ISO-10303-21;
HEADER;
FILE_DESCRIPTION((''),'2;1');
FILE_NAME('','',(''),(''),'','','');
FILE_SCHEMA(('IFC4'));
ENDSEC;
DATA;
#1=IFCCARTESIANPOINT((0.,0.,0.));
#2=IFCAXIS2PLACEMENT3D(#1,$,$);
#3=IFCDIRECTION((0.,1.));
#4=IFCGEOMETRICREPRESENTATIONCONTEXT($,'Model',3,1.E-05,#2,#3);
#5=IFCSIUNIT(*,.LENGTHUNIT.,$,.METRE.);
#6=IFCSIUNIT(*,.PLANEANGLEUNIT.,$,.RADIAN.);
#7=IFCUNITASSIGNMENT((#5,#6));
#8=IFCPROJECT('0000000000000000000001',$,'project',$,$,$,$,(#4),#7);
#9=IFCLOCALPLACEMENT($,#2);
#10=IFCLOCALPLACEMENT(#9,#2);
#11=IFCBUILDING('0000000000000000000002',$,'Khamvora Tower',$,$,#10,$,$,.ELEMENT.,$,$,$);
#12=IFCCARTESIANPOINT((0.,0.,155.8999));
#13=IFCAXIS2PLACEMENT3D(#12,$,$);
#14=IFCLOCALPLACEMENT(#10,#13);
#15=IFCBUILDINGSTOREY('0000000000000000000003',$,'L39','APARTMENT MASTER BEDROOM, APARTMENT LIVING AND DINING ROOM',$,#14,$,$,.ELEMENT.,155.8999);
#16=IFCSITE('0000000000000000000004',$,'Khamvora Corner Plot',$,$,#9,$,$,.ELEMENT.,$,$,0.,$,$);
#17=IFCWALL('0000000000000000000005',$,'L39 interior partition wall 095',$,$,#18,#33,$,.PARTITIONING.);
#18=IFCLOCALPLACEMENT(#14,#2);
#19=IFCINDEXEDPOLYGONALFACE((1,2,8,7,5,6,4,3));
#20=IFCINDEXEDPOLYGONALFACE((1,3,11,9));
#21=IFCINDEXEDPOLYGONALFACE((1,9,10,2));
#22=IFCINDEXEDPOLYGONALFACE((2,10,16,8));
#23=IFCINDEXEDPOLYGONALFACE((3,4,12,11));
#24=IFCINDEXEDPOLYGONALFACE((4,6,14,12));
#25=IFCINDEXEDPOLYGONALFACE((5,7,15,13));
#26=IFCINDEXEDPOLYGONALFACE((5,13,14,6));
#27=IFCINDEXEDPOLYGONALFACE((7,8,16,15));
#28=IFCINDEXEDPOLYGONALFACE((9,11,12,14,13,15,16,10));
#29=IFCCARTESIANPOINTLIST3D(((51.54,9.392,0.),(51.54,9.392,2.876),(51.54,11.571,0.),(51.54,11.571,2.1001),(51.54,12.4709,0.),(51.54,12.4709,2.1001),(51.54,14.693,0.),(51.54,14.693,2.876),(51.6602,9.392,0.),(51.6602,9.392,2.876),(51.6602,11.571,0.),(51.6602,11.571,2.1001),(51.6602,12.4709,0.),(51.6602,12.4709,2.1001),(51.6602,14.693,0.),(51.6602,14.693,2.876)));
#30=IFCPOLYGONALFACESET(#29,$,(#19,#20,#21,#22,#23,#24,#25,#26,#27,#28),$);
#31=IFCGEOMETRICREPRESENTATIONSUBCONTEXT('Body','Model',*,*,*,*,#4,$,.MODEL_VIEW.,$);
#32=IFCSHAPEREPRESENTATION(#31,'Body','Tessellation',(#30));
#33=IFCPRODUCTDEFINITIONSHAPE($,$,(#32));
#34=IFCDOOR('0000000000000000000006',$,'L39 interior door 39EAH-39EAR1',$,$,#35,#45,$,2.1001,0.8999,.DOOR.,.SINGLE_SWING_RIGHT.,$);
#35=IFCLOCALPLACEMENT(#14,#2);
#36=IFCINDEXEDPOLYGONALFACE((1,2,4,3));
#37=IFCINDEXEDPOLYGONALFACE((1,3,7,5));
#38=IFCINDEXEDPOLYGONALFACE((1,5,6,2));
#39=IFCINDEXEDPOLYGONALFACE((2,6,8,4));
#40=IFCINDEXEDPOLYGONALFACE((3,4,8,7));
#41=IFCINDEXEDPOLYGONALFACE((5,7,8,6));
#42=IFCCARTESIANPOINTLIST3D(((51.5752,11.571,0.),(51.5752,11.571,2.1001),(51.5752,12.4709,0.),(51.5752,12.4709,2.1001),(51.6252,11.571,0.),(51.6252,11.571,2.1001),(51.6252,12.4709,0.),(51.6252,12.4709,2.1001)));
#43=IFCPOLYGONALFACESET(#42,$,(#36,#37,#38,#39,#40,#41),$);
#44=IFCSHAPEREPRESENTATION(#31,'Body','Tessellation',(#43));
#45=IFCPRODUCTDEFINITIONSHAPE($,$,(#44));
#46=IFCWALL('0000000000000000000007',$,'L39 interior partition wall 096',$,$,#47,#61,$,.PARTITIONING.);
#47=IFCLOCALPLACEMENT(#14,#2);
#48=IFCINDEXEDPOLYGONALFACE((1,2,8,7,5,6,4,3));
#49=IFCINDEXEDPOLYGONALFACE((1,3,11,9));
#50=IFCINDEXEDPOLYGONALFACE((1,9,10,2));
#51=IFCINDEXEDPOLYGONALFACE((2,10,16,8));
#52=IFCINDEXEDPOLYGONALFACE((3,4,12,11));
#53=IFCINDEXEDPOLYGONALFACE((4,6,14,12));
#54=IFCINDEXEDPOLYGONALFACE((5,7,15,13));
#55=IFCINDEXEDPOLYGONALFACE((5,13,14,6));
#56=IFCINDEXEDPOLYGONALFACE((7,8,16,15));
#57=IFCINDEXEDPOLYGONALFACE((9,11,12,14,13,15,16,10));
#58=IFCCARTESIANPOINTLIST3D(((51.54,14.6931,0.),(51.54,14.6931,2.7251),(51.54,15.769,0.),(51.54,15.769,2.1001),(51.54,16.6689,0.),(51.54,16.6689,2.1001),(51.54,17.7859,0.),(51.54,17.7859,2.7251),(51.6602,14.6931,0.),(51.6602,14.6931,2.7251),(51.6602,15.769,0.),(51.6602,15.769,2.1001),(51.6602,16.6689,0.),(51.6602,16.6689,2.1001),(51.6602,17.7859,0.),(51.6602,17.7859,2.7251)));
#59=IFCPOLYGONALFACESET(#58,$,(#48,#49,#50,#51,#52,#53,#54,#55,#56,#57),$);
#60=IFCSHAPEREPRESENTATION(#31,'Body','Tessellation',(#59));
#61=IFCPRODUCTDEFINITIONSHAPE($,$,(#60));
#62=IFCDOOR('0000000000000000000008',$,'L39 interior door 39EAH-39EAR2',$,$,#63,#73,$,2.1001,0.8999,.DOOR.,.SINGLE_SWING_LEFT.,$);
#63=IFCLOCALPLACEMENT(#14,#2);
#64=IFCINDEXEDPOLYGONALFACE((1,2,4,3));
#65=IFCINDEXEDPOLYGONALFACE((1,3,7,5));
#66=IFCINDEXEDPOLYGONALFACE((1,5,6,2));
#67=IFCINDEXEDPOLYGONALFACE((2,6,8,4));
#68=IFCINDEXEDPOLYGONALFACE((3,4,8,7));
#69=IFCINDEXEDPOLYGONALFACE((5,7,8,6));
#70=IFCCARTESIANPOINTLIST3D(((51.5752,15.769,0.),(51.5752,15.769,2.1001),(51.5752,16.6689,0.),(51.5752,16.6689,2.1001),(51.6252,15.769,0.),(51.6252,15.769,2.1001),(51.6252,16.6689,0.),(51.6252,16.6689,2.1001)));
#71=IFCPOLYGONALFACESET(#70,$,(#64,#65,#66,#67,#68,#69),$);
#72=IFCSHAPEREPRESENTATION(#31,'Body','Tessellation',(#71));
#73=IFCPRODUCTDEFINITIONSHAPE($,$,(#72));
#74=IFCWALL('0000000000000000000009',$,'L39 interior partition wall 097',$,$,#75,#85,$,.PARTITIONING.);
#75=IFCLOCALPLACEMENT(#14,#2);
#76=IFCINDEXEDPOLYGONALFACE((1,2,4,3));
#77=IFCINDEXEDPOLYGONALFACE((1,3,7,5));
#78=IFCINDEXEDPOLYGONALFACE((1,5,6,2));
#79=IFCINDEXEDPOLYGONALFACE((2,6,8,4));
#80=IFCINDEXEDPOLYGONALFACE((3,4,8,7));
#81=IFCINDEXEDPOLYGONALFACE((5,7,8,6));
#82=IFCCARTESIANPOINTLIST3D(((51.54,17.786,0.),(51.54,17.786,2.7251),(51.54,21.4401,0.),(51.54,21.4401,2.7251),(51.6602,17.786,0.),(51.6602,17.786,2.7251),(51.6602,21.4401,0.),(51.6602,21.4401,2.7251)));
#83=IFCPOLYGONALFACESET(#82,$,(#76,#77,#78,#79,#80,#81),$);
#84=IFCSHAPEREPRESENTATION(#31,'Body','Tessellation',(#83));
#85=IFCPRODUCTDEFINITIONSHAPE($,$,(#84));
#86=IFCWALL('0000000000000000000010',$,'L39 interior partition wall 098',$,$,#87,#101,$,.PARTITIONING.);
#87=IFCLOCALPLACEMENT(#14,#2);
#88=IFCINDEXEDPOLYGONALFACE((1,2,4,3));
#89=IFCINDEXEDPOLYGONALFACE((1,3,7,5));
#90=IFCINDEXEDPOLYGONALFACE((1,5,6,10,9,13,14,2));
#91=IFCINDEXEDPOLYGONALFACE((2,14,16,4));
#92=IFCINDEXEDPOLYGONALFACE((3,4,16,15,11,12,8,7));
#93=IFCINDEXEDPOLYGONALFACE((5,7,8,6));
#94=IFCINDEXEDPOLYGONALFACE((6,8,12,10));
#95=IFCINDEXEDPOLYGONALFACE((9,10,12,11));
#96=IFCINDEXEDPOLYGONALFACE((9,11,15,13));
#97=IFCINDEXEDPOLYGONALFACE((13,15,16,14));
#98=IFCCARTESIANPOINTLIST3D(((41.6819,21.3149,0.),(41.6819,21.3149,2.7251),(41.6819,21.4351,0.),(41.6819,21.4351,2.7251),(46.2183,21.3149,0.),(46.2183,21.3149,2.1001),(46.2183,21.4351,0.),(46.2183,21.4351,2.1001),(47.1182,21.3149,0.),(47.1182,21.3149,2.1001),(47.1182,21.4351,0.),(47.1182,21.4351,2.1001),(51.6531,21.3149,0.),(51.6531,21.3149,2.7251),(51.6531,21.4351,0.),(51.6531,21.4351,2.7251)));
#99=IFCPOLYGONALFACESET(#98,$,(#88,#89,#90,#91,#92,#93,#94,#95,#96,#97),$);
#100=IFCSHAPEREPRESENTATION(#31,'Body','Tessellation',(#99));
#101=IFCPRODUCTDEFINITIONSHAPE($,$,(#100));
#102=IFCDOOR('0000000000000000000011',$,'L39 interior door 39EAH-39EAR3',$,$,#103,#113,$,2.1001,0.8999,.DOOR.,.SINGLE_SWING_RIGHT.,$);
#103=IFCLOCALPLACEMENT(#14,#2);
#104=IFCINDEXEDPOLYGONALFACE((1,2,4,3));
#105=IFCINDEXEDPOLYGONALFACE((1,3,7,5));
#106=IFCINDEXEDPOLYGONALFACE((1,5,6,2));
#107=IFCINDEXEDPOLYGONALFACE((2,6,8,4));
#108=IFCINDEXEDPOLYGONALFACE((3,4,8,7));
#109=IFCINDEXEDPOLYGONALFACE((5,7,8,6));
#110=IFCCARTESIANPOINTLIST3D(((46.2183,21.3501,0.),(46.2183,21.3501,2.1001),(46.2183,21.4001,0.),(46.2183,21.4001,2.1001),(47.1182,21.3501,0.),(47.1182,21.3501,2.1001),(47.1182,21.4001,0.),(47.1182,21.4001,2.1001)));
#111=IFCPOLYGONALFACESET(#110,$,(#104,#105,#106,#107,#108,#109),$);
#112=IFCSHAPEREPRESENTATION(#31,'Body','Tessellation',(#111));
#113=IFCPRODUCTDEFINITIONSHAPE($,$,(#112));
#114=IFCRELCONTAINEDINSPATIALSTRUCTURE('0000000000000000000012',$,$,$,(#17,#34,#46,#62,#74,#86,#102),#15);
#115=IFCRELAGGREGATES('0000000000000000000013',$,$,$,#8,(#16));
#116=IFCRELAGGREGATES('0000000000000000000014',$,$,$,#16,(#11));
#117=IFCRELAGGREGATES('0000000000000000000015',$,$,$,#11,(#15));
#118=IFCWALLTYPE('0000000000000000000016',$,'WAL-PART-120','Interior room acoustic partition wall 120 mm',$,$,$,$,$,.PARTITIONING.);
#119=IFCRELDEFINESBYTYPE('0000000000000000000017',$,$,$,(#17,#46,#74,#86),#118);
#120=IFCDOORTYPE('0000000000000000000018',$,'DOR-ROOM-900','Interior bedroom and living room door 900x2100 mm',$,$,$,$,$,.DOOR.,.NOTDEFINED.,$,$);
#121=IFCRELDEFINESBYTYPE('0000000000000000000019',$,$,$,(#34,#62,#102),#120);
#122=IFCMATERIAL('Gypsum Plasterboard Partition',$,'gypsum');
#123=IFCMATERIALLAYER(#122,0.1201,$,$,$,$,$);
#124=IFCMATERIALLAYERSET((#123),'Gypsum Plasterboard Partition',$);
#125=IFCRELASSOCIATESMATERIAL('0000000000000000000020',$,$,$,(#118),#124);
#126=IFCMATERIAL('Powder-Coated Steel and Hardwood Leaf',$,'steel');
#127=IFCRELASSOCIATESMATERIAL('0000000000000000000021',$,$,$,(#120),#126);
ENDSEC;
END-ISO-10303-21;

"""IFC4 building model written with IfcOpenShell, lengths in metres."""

from ifc_helpers import new_model, si_unit, direction, frame, frame_2d, origin, place, context, subcontext, project, spatial, rectangle, extrude, material, layer, layer_set, type_object, element, fill, save


model = new_model("IFC4")

# Units and contexts
model_context = context("Model", 3, precision=1e-05, world=origin(), true_north=direction((0.0, 1.0)))
body_context = subcontext(model_context, "Body", "Model", "MODEL_VIEW")
ifc_project = project(units=[si_unit("LENGTHUNIT", "METRE"), si_unit("PLANEANGLEUNIT", "RADIAN")], contexts=[model_context])

# Site, building, storey
site_placement = place(None, origin())
site = spatial("IfcSite", under=ifc_project, at=site_placement, Name="Khamvora Corner Plot", CompositionType="ELEMENT", RefElevation=0.0)
building_placement = place(site_placement, origin())
building = spatial("IfcBuilding", under=site, at=building_placement, Name="Khamvora Tower", CompositionType="ELEMENT")
storey_placement = place(building_placement, frame((0.0, 0.0, 155.8999)))
storey = spatial("IfcBuildingStorey", under=building, at=storey_placement, Name="L39", Description="APARTMENT MASTER BEDROOM, APARTMENT LIVING AND DINING ROOM", CompositionType="ELEMENT", Elevation=155.8999)

# Walls, openings, doors
ifc_material_1 = material(Name="Gypsum Plasterboard Partition", Category="gypsum")
ifc_layer_1 = layer(ifc_material_1, 0.1201)
ifc_layer_set_1 = layer_set([ifc_layer_1], Name="Gypsum Plasterboard Partition")
wall_type = type_object("IfcWallType", Name="WAL-PART-120", Description="Interior room acoustic partition wall 120 mm", PredefinedType="PARTITIONING", material=ifc_layer_set_1)
wall_1_placement = place(storey_placement, frame((51.6001, 9.3921, 0.0), z_axis=(0.0, 0.0, 1.0), x_axis=(0.0, 1.0, 0.0)))
wall_1 = element("IfcWall", 1, at=wall_1_placement, inside=storey, type_object=wall_type, Name="L39 interior partition wall 095", PredefinedType="PARTITIONING", context=body_context, shape_type="SweptSolid", body=[
    extrude(rectangle(XDim=5.301, YDim=0.1201, at=frame_2d((2.6504, 0.0))), origin(), (0.0, 0.0, 1.0), 2.876),
])
opening_1_placement = place(wall_1_placement, frame((2.179, 0.0, 0.0)))
opening_1 = element("IfcOpeningElement", 2, at=opening_1_placement, cuts=wall_1, PredefinedType="OPENING", context=body_context, shape_type="SweptSolid", body=[
    extrude(rectangle(XDim=0.8999, YDim=2.1001, at=frame_2d((0.45, 1.05))), frame((0.0, 0.0701, 0.0), z_axis=(0.0, -1.0, 0.0), x_axis=(1.0, 0.0, 0.0)), (0.0, 0.0, 1.0), 0.1401),
])
ifc_material_2 = material(Name="Powder-Coated Steel and Hardwood Leaf", Category="steel")
door_type = type_object("IfcDoorType", Name="DOR-ROOM-900", Description="Interior bedroom and living room door 900x2100 mm", OperationType="NOTDEFINED", PredefinedType="DOOR", material=ifc_material_2)
door_1_placement = place(opening_1_placement, origin())
door_1 = element("IfcDoor", 3, at=door_1_placement, inside=storey, type_object=door_type, Name="L39 interior door 39EAH-39EAR1", OperationType="SINGLE_SWING_RIGHT", OverallHeight=2.1001, OverallWidth=0.8999, PredefinedType="DOOR", context=body_context, shape_type="SweptSolid", body=[
    extrude(rectangle(XDim=0.8999, YDim=2.1001, at=frame_2d((0.45, 1.05))), frame((0.0, 0.0249, 0.0), z_axis=(0.0, -1.0, 0.0), x_axis=(1.0, 0.0, 0.0)), (0.0, 0.0, 1.0), 0.05),
])
fill(opening_1, door_1)
wall_2_placement = place(storey_placement, frame((51.6001, 14.6931, 0.0), z_axis=(0.0, 0.0, 1.0), x_axis=(0.0, 1.0, 0.0)))
wall_2 = element("IfcWall", 4, at=wall_2_placement, inside=storey, type_object=wall_type, Name="L39 interior partition wall 096", PredefinedType="PARTITIONING", context=body_context, shape_type="SweptSolid", body=[
    extrude(rectangle(XDim=3.0928, YDim=0.1201, at=frame_2d((1.5464, 0.0))), origin(), (0.0, 0.0, 1.0), 2.7251),
])
opening_2_placement = place(wall_2_placement, frame((1.0759, 0.0, 0.0)))
opening_2 = element("IfcOpeningElement", 5, at=opening_2_placement, cuts=wall_2, PredefinedType="OPENING", context=body_context, shape_type="SweptSolid", body=[
    extrude(rectangle(XDim=0.8999, YDim=2.1001, at=frame_2d((0.45, 1.05))), frame((0.0, 0.0701, 0.0), z_axis=(0.0, -1.0, 0.0), x_axis=(1.0, 0.0, 0.0)), (0.0, 0.0, 1.0), 0.1401),
])
door_2_placement = place(opening_2_placement, origin())
door_2 = element("IfcDoor", 6, at=door_2_placement, inside=storey, type_object=door_type, Name="L39 interior door 39EAH-39EAR2", OperationType="SINGLE_SWING_LEFT", OverallHeight=2.1001, OverallWidth=0.8999, PredefinedType="DOOR", context=body_context, shape_type="SweptSolid", body=[
    extrude(rectangle(XDim=0.8999, YDim=2.1001, at=frame_2d((0.45, 1.05))), frame((0.0, 0.0249, 0.0), z_axis=(0.0, -1.0, 0.0), x_axis=(1.0, 0.0, 0.0)), (0.0, 0.0, 1.0), 0.05),
])
fill(opening_2, door_2)

# Wall
wall_3_placement = place(storey_placement, frame((51.6001, 17.7859, 0.0), z_axis=(0.0, 0.0, 1.0), x_axis=(0.0, 1.0, 0.0)))
element("IfcWall", 7, at=wall_3_placement, inside=storey, type_object=wall_type, Name="L39 interior partition wall 097", PredefinedType="PARTITIONING", context=body_context, shape_type="SweptSolid", body=[
    extrude(rectangle(XDim=3.6541, YDim=0.1201, at=frame_2d((1.8271, 0.0))), origin(), (0.0, 0.0, 1.0), 2.7251),
])

# Wall, opening, door
wall_4_placement = place(storey_placement, frame((51.6531, 21.375, 0.0), z_axis=(0.0, 0.0, 1.0), x_axis=(-1.0, 0.0, 0.0)))
wall_4 = element("IfcWall", 8, at=wall_4_placement, inside=storey, type_object=wall_type, Name="L39 interior partition wall 098", PredefinedType="PARTITIONING", context=body_context, shape_type="SweptSolid", body=[
    extrude(rectangle(XDim=9.9712, YDim=0.1201, at=frame_2d((4.9856, 0.0))), origin(), (0.0, 0.0, 1.0), 2.7251),
])
opening_3_placement = place(wall_4_placement, frame((4.5349, 0.0, 0.0)))
opening_3 = element("IfcOpeningElement", 9, at=opening_3_placement, cuts=wall_4, PredefinedType="OPENING", context=body_context, shape_type="SweptSolid", body=[
    extrude(rectangle(XDim=0.8999, YDim=2.1001, at=frame_2d((0.45, 1.05))), frame((0.0, 0.0701, 0.0), z_axis=(0.0, -1.0, 0.0), x_axis=(1.0, 0.0, 0.0)), (0.0, 0.0, 1.0), 0.1401),
])
door_3_placement = place(opening_3_placement, origin())
door_3 = element("IfcDoor", 10, at=door_3_placement, inside=storey, type_object=door_type, Name="L39 interior door 39EAH-39EAR3", OperationType="SINGLE_SWING_RIGHT", OverallHeight=2.1001, OverallWidth=0.8999, PredefinedType="DOOR", context=body_context, shape_type="SweptSolid", body=[
    extrude(rectangle(XDim=0.8999, YDim=2.1001, at=frame_2d((0.45, 1.05))), frame((0.0, 0.0249, 0.0), z_axis=(0.0, -1.0, 0.0), x_axis=(1.0, 0.0, 0.0)), (0.0, 0.0, 1.0), 0.05),
])
fill(opening_3, door_3)

save(model, "model.ifc")
